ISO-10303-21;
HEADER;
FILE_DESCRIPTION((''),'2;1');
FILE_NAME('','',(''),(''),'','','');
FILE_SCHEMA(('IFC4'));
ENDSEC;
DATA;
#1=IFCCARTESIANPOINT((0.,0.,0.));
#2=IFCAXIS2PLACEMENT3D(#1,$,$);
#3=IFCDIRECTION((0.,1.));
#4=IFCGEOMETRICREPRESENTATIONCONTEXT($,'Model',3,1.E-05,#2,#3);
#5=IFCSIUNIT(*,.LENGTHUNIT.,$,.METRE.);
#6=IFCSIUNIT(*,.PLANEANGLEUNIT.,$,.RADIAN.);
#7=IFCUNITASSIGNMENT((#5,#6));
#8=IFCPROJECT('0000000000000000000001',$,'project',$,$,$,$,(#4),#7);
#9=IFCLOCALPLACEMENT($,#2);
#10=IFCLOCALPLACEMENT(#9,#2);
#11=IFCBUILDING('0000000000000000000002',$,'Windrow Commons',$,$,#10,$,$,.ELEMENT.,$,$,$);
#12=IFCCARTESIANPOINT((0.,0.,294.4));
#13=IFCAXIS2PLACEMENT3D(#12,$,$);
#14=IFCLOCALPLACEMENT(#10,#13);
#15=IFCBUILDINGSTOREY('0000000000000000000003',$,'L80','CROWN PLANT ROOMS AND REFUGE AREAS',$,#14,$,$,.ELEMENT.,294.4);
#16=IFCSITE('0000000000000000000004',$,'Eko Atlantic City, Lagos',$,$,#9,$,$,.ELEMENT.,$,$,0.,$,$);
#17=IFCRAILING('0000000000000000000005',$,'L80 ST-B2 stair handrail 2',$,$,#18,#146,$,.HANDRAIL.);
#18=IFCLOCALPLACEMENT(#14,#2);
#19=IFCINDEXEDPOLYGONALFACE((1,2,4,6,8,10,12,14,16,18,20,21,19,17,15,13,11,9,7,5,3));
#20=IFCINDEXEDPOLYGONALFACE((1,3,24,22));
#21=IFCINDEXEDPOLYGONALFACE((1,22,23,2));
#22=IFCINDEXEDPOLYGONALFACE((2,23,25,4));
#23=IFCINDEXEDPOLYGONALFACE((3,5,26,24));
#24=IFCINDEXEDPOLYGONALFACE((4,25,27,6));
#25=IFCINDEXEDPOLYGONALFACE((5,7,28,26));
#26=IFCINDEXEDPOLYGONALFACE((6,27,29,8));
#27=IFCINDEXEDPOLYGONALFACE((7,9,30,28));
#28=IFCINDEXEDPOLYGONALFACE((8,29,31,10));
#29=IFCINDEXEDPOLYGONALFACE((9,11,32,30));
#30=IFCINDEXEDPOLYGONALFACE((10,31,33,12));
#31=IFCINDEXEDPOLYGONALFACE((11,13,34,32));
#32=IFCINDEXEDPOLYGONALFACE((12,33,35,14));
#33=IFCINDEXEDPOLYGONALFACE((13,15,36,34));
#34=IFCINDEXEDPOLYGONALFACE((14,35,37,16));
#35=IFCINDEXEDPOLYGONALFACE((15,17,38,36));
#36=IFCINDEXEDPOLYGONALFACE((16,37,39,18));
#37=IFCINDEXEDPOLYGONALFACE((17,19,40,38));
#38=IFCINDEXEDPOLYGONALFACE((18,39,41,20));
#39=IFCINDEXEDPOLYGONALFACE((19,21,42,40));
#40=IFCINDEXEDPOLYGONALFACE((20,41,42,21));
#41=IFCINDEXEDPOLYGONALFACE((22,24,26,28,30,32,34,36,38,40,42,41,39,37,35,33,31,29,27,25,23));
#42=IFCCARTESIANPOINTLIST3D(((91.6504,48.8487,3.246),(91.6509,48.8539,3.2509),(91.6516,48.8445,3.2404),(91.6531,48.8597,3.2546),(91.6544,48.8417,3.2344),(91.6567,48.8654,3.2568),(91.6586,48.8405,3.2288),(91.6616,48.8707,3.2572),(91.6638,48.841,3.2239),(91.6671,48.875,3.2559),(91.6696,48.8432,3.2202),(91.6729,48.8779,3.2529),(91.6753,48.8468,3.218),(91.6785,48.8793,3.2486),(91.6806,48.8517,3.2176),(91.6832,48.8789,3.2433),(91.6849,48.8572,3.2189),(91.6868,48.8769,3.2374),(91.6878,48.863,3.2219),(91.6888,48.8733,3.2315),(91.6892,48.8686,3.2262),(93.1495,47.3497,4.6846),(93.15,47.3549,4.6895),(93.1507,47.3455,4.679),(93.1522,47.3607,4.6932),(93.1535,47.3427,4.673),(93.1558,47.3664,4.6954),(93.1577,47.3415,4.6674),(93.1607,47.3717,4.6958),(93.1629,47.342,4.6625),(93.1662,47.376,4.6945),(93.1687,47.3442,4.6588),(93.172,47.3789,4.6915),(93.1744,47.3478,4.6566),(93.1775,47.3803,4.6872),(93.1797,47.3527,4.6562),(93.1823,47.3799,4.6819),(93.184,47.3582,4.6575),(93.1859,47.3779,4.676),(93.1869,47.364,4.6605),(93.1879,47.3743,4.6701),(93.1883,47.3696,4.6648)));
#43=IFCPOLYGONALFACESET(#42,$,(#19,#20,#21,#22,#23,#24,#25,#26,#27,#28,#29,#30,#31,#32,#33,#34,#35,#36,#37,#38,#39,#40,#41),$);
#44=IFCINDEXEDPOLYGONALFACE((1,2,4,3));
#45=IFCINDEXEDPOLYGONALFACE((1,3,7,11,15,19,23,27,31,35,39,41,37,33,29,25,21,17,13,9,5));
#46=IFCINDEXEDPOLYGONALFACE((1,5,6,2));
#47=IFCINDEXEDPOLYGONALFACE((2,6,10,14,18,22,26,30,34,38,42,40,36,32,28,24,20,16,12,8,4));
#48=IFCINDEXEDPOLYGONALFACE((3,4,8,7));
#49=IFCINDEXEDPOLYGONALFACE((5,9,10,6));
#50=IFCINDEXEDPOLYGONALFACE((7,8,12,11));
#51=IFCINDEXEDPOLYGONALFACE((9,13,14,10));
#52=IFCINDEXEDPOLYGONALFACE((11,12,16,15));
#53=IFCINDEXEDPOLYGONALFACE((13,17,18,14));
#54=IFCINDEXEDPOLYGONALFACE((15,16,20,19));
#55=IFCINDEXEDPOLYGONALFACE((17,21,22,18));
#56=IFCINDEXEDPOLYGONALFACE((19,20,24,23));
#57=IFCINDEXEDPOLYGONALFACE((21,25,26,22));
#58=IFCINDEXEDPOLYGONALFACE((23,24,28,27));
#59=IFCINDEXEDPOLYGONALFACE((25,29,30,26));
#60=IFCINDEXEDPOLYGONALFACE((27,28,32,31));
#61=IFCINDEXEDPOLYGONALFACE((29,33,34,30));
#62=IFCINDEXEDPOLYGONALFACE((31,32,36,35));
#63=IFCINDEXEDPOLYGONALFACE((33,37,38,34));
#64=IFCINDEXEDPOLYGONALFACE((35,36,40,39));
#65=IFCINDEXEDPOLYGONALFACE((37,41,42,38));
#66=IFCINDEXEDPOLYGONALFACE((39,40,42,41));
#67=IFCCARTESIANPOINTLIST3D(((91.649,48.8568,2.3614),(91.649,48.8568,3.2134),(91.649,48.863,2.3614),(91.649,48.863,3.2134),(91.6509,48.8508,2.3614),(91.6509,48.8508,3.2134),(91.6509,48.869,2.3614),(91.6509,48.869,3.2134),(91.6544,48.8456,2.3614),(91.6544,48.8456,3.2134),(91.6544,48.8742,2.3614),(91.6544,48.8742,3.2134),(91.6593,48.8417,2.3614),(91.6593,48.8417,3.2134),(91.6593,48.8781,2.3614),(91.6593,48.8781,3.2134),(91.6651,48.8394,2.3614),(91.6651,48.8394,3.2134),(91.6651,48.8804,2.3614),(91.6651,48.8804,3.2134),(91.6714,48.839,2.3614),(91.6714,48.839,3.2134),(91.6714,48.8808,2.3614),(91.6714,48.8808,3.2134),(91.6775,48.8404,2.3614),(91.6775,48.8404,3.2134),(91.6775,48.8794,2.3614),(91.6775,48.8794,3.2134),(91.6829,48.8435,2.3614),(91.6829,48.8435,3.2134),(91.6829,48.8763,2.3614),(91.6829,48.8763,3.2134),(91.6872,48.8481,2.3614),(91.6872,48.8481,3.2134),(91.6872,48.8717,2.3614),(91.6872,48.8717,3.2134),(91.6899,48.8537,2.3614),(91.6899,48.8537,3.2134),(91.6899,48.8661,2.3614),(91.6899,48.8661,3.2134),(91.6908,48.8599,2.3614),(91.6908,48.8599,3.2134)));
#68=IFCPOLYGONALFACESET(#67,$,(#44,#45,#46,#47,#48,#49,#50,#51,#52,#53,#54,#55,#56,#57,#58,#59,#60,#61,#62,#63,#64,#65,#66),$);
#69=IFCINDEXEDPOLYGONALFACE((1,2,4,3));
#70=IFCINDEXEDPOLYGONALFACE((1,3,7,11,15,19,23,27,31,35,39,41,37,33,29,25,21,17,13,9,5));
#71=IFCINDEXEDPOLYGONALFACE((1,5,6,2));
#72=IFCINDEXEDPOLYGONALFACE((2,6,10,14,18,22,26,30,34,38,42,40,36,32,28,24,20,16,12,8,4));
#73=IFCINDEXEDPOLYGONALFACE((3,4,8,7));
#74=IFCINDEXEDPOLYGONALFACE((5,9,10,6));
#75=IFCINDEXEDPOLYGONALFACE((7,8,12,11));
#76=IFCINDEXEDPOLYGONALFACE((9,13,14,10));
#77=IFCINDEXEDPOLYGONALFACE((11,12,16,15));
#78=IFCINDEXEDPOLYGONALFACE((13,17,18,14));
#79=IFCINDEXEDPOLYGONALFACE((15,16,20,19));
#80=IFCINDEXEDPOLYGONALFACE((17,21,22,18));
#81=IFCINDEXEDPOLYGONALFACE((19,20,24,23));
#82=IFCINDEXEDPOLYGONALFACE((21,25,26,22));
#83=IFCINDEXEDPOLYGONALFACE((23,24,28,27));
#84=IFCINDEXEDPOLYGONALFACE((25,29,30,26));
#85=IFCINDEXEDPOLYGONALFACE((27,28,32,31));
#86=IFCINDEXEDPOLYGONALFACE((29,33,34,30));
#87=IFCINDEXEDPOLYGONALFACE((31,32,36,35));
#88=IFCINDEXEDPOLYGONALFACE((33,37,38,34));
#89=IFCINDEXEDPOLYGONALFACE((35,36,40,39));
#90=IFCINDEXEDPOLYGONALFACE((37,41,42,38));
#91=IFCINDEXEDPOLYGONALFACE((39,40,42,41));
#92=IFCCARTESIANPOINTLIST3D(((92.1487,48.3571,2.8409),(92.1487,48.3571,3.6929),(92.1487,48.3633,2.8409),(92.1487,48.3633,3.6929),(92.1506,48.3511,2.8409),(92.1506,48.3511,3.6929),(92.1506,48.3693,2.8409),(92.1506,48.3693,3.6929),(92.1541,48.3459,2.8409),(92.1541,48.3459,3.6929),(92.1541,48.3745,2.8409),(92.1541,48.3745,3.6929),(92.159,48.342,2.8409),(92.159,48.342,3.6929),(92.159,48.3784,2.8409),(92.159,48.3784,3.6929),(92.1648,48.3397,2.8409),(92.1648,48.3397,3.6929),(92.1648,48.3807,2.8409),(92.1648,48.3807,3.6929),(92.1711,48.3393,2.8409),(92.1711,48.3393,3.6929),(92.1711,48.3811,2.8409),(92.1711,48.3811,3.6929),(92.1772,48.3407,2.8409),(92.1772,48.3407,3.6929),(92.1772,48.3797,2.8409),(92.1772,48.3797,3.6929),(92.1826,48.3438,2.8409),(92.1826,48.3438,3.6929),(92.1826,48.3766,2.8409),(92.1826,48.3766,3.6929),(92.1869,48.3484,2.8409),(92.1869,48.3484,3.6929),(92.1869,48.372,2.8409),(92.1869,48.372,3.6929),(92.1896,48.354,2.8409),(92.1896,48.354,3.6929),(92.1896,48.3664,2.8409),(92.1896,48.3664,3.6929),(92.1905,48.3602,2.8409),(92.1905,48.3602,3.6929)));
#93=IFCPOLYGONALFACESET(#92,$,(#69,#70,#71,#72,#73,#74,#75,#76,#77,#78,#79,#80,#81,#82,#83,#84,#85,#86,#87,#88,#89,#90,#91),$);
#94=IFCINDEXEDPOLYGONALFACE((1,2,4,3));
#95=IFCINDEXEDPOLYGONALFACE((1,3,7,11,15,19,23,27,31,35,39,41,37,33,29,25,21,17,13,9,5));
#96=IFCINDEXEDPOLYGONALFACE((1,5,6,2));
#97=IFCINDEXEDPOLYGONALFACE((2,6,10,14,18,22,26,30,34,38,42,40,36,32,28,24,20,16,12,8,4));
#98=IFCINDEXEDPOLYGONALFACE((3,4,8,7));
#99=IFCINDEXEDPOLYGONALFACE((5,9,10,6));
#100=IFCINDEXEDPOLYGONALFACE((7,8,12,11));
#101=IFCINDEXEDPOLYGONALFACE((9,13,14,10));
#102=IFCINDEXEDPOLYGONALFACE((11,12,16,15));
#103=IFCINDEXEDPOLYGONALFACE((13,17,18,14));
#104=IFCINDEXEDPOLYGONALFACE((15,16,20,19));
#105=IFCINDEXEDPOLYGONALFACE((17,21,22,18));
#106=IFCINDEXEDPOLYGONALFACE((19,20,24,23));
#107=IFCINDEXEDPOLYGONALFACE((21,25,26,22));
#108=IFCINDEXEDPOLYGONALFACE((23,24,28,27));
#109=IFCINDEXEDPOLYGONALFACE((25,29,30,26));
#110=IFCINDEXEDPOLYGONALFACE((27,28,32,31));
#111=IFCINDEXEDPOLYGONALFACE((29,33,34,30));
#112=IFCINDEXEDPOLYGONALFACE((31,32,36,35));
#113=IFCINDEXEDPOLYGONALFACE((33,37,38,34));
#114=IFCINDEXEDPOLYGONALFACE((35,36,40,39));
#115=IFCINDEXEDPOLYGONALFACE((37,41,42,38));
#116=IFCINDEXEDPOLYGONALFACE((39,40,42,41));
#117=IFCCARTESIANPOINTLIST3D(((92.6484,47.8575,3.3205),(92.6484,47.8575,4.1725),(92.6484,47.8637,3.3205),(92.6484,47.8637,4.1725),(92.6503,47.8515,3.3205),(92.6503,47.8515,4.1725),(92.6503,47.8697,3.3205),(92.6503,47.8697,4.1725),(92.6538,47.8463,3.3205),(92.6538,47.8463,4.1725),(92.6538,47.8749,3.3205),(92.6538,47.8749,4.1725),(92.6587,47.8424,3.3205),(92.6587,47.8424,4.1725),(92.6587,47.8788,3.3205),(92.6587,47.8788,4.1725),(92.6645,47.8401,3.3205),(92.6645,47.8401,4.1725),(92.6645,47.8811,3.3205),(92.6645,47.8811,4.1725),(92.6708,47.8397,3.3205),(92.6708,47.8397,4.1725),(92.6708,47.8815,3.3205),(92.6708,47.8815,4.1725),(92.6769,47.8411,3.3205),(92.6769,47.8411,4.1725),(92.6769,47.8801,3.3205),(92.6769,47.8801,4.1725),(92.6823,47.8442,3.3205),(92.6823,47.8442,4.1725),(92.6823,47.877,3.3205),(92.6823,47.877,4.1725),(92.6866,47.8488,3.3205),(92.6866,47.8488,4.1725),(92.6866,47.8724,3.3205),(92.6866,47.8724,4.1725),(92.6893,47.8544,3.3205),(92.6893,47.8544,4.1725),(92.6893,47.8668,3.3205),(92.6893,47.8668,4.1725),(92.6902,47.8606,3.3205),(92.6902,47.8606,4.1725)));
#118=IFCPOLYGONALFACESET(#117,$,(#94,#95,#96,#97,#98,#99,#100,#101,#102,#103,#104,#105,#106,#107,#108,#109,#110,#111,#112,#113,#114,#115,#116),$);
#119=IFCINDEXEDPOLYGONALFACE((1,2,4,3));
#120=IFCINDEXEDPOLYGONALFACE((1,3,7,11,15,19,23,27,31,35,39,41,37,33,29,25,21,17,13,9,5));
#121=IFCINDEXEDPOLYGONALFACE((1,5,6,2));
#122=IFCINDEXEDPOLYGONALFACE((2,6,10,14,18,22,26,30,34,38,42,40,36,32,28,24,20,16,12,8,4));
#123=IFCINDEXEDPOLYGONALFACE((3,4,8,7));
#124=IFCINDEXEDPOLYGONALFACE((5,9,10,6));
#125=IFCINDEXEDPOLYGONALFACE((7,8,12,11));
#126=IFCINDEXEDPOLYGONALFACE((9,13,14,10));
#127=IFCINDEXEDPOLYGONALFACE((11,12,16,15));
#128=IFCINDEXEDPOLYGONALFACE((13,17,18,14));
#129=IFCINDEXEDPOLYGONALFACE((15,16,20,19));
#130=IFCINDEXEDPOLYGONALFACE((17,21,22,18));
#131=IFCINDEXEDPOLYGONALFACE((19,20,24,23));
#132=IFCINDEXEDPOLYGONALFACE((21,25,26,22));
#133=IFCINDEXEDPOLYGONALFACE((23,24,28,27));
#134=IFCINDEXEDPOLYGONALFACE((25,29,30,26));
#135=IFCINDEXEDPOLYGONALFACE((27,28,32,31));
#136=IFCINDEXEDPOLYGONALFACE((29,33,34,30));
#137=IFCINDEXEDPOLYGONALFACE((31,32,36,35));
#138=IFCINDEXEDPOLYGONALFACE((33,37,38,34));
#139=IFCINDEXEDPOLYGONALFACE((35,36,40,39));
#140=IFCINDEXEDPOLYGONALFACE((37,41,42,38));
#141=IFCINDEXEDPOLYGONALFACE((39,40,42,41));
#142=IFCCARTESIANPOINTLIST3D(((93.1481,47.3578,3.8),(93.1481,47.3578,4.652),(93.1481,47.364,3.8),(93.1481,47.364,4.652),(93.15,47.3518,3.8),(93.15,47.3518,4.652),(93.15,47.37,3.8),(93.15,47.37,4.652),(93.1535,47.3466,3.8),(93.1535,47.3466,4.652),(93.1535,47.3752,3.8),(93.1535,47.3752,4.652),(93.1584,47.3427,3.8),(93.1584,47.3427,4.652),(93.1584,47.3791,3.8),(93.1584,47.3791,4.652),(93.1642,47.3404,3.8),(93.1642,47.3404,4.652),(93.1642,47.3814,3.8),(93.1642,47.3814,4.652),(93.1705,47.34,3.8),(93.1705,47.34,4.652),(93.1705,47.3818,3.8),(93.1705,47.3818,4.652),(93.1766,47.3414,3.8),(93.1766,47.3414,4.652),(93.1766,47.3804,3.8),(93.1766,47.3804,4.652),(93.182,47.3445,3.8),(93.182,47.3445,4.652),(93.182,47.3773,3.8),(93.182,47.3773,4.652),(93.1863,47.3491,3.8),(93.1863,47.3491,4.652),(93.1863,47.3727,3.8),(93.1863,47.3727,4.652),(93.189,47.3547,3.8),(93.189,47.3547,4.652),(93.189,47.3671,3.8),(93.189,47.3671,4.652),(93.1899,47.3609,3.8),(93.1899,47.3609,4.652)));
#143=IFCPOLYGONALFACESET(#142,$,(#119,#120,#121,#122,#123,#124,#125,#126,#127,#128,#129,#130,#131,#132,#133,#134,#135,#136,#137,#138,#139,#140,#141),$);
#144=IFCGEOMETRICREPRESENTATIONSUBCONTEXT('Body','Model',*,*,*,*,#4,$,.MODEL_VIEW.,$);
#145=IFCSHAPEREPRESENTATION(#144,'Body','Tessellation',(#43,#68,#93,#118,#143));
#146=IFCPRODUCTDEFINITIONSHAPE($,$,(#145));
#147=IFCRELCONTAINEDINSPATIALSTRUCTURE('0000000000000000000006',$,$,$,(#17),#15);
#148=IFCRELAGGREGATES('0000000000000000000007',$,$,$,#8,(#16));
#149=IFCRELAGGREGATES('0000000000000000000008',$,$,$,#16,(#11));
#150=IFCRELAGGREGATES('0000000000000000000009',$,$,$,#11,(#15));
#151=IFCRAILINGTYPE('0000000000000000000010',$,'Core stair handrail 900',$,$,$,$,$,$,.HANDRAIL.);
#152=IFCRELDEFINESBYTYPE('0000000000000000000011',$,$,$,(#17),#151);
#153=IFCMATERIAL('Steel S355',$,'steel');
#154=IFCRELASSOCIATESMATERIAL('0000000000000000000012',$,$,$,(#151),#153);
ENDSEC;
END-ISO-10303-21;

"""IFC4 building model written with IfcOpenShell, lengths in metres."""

from ifc_helpers import new_model, si_unit, direction, frame, origin, origin_2d, place, context, subcontext, project, spatial, circle, extrude, material, type_object, element, save


model = new_model("IFC4")

# Units and contexts
model_context = context("Model", 3, precision=1e-05, world=origin(), true_north=direction((0.0, 1.0)))
body_context = subcontext(model_context, "Body", "Model", "MODEL_VIEW")
ifc_project = project(units=[si_unit("LENGTHUNIT", "METRE"), si_unit("PLANEANGLEUNIT", "RADIAN")], contexts=[model_context])

# Site, building, storey
site_placement = place(None, origin())
site = spatial("IfcSite", under=ifc_project, at=site_placement, Name="Eko Atlantic City, Lagos", CompositionType="ELEMENT", RefElevation=0.0)
building_placement = place(site_placement, origin())
building = spatial("IfcBuilding", under=site, at=building_placement, Name="Windrow Commons", CompositionType="ELEMENT")
storey_placement = place(building_placement, frame((0.0, 0.0, 294.4)))
storey = spatial("IfcBuildingStorey", under=building, at=storey_placement, Name="L80", Description="CROWN PLANT ROOMS AND REFUGE AREAS", CompositionType="ELEMENT", Elevation=294.4)

# Railing
ifc_material_1 = material(Name="Steel S355", Category="steel")
railing_type_1 = type_object("IfcRailingType", Name="Core stair handrail 900", PredefinedType="HANDRAIL", material=ifc_material_1)
railing_1_placement = place(storey_placement, frame((91.6698, 48.8599, 2.3614)))
element("IfcRailing", 1, at=railing_1_placement, inside=storey, type_object=railing_type_1, Name="L80 ST-B2 stair handrail 2", PredefinedType="HANDRAIL", context=body_context, shape_type="SweptSolid", body=[
    extrude(circle(Radius=0.024, at=origin_2d()), frame((0.0, 0.0, 0.876), z_axis=(0.585128, -0.585089, 0.561513), x_axis=(0.707083, 0.70713, 0.0)), (0.0, 0.0, 1.0), 2.562),
    extrude(circle(Radius=0.021, at=origin_2d()), origin(), (0.0, 0.0, 1.0), 0.852),
    extrude(circle(Radius=0.021, at=origin_2d()), frame((0.4997, -0.4997, 0.4795)), (0.0, 0.0, 1.0), 0.852),
    extrude(circle(Radius=0.021, at=origin_2d()), frame((0.9994, -0.9993, 0.9591)), (0.0, 0.0, 1.0), 0.852),
    extrude(circle(Radius=0.021, at=origin_2d()), frame((1.4991, -1.499, 1.4386)), (0.0, 0.0, 1.0), 0.852),
])

save(model, "model.ifc")
